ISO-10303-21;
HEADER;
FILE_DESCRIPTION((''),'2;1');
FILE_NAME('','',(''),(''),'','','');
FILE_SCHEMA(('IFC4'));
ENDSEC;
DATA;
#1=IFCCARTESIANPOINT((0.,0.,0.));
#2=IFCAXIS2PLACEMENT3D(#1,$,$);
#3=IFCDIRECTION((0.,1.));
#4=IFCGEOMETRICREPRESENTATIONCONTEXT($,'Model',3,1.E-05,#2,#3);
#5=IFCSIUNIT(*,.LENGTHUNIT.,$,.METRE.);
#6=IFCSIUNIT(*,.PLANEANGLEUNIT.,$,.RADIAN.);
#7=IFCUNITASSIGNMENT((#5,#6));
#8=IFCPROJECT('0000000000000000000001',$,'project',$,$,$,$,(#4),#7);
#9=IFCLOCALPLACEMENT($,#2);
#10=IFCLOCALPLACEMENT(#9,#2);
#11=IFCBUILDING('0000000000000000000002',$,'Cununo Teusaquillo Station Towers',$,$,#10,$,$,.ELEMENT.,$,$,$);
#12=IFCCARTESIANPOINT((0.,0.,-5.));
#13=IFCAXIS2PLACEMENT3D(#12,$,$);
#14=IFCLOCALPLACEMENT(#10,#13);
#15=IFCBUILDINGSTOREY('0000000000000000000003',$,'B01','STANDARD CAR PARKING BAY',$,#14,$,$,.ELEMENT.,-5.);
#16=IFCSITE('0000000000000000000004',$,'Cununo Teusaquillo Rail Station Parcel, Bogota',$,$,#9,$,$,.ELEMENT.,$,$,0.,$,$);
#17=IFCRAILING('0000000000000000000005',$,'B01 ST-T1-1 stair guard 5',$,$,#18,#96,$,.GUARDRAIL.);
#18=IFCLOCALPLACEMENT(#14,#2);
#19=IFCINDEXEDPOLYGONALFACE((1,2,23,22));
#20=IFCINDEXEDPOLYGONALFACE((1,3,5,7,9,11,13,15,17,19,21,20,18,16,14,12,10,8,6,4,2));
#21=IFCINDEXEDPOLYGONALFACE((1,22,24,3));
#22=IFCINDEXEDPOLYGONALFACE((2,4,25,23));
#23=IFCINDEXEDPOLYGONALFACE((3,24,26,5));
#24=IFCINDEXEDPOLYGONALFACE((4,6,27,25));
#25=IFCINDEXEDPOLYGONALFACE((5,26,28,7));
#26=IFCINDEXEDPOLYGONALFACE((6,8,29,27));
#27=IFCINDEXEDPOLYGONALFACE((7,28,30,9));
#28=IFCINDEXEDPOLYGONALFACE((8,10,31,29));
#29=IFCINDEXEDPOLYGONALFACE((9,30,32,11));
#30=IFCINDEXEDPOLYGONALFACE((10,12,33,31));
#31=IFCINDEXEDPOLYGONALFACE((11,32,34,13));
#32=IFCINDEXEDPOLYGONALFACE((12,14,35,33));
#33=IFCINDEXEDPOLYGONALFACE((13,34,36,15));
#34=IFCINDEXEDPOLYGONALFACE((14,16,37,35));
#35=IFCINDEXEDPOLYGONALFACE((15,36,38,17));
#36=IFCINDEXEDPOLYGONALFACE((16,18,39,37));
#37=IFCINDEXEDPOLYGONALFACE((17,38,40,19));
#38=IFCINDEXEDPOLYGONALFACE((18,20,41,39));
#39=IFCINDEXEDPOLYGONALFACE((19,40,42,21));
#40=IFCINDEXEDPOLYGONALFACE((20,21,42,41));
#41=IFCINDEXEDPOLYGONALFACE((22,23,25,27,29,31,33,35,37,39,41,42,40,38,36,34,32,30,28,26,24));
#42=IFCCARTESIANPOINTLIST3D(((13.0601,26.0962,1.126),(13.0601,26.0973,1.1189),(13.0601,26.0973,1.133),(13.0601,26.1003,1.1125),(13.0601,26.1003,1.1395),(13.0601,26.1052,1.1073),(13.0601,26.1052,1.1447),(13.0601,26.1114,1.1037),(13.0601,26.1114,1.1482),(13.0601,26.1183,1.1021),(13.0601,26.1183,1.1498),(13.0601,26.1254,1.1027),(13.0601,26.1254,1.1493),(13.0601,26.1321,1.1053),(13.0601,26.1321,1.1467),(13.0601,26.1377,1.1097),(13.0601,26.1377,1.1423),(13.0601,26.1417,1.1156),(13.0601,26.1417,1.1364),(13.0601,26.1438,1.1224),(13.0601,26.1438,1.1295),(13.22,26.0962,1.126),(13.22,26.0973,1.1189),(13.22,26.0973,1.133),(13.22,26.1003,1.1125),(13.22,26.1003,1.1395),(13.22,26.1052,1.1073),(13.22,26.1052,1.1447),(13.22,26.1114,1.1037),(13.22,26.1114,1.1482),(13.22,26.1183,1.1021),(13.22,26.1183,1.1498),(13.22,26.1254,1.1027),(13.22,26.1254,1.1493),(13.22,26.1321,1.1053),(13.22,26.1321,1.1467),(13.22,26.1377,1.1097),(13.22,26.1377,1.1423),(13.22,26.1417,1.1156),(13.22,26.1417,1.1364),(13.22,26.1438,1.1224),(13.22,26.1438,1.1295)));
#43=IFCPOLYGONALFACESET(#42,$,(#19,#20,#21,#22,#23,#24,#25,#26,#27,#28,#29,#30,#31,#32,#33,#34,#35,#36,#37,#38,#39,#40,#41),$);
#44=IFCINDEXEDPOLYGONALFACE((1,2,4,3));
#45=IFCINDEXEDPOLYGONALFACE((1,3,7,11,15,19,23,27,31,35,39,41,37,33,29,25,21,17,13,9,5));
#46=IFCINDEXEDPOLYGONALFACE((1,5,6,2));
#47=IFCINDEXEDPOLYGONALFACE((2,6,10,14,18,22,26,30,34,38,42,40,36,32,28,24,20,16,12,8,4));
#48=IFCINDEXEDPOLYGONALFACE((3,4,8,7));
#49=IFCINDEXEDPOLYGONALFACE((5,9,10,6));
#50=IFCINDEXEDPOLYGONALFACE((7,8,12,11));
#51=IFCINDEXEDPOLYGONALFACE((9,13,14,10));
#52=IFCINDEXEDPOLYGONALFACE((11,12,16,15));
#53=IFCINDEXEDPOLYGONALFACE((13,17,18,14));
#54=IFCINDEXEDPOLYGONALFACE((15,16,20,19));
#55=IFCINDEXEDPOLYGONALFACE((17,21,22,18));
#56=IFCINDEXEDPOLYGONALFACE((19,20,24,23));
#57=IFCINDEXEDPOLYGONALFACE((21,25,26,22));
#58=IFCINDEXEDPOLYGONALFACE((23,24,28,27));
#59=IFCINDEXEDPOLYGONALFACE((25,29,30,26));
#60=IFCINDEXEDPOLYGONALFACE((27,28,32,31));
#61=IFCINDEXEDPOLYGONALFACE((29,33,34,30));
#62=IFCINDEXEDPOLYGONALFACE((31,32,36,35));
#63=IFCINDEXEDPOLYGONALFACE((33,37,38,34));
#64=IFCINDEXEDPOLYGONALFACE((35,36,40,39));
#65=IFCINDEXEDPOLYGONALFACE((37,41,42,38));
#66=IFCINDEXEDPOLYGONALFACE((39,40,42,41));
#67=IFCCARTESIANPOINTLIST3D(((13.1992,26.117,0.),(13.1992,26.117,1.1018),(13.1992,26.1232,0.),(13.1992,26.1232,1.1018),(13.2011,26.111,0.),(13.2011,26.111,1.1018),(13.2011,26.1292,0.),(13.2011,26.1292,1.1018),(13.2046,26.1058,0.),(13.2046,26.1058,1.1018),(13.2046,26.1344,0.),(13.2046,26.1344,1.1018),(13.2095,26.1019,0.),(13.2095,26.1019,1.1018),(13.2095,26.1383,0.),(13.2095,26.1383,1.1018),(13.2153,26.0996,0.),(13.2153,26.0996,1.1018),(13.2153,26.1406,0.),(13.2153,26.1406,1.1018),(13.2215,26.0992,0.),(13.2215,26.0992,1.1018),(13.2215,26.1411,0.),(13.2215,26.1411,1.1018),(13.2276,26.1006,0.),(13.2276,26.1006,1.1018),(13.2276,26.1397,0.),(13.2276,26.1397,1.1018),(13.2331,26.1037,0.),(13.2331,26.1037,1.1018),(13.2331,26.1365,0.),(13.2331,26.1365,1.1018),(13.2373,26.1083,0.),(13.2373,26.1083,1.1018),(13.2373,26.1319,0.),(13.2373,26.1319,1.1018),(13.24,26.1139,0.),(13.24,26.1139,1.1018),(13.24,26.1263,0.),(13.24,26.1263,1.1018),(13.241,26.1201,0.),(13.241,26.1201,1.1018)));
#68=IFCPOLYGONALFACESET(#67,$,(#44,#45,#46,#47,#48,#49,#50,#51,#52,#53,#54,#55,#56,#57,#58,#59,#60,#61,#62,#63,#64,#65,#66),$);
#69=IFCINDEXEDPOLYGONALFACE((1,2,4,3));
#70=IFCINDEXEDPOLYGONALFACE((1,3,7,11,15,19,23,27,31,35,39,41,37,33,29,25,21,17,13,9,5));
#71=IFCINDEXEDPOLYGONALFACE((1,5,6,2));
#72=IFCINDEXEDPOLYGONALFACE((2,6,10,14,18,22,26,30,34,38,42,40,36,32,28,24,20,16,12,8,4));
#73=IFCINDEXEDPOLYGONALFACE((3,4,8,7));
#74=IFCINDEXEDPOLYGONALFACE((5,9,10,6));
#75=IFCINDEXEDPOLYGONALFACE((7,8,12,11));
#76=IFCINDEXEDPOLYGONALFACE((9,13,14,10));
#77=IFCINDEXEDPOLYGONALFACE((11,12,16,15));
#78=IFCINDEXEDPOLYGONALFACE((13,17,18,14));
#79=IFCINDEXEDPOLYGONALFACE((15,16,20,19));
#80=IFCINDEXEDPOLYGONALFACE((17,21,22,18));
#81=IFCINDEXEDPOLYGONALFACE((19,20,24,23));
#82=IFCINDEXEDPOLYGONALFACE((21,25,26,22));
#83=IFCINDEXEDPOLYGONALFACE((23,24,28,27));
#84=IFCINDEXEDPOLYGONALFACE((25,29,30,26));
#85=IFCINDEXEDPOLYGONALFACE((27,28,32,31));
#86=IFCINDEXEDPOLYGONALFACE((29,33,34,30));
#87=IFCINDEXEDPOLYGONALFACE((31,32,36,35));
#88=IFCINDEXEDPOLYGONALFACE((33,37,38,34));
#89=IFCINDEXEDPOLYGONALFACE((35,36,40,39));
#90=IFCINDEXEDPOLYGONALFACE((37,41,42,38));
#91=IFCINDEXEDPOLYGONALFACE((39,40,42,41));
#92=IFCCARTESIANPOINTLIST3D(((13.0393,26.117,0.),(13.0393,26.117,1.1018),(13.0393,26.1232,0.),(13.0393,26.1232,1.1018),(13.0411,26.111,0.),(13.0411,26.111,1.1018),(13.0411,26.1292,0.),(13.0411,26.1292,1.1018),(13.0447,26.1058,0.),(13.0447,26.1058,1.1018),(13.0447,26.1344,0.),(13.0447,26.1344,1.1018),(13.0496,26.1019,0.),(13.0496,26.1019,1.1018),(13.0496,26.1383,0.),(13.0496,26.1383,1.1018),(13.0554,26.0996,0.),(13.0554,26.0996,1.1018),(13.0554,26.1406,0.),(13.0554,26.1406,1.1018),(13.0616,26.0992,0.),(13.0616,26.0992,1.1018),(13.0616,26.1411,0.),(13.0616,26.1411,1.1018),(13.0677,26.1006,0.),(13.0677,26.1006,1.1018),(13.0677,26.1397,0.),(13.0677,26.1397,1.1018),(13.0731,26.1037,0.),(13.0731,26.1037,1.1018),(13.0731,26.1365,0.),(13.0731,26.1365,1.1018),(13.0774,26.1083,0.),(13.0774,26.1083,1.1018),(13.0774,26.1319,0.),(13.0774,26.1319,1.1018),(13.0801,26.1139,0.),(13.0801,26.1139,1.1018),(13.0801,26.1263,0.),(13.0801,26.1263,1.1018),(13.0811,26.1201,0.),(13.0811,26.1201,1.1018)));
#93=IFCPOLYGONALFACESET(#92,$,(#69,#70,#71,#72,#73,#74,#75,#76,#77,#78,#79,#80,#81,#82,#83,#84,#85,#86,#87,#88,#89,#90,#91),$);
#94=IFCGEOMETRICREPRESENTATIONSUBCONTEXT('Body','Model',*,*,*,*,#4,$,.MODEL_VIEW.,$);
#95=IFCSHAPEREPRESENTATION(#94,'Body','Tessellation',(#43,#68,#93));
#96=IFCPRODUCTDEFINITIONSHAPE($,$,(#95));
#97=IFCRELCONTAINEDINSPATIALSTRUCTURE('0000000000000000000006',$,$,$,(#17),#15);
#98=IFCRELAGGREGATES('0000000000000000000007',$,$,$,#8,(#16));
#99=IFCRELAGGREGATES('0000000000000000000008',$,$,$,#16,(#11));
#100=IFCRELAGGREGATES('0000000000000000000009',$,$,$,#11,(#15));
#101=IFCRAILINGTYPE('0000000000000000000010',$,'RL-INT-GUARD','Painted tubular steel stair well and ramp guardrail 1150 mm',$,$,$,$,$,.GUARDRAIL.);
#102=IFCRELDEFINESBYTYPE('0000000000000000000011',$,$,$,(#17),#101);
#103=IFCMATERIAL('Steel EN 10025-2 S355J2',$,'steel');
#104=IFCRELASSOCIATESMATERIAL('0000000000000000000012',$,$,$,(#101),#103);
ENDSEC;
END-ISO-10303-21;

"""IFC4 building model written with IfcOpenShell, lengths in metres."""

from ifc_helpers import new_model, si_unit, direction, frame, origin, origin_2d, place, context, subcontext, project, spatial, circle, extrude, material, type_object, element, save


model = new_model("IFC4")

# Units and contexts
model_context = context("Model", 3, precision=1e-05, world=origin(), true_north=direction((0.0, 1.0)))
body_context = subcontext(model_context, "Body", "Model", "MODEL_VIEW")
ifc_project = project(units=[si_unit("LENGTHUNIT", "METRE"), si_unit("PLANEANGLEUNIT", "RADIAN")], contexts=[model_context])

# Site, building, storey
site_placement = place(None, origin())
site = spatial("IfcSite", under=ifc_project, at=site_placement, Name="Cununo Teusaquillo Rail Station Parcel, Bogota", CompositionType="ELEMENT", RefElevation=0.0)
building_placement = place(site_placement, origin())
building = spatial("IfcBuilding", under=site, at=building_placement, Name="Cununo Teusaquillo Station Towers", CompositionType="ELEMENT")
storey_placement = place(building_placement, frame((0.0, 0.0, -5.0)))
storey = spatial("IfcBuildingStorey", under=building, at=storey_placement, Name="B01", Description="STANDARD CAR PARKING BAY", CompositionType="ELEMENT", Elevation=-5.0)

# Railing
ifc_material_1 = material(Name="Steel EN 10025-2 S355J2", Category="steel")
railing_type_1 = type_object("IfcRailingType", Name="RL-INT-GUARD", Description="Painted tubular steel stair well and ramp guardrail 1150 mm", PredefinedType="GUARDRAIL", material=ifc_material_1)
railing_1_placement = place(storey_placement, frame((13.22, 26.1201, 0.0)))
element("IfcRailing", 1, at=railing_1_placement, inside=storey, type_object=railing_type_1, Name="B01 ST-T1-1 stair guard 5", PredefinedType="GUARDRAIL", context=body_context, shape_type="SweptSolid", body=[
    extrude(circle(Radius=0.0239, at=origin_2d()), frame((0.0, 0.0, 1.126), z_axis=(-1.0, 0.0, 0.0), x_axis=(0.0, -1.0, 0.0)), (0.0, 0.0, 1.0), 0.1599),
    extrude(circle(Radius=0.021, at=origin_2d()), origin(), (0.0, 0.0, 1.0), 1.1018),
    extrude(circle(Radius=0.021, at=origin_2d()), frame((-0.1599, 0.0, 0.0)), (0.0, 0.0, 1.0), 1.1018),
])

save(model, "model.ifc")
